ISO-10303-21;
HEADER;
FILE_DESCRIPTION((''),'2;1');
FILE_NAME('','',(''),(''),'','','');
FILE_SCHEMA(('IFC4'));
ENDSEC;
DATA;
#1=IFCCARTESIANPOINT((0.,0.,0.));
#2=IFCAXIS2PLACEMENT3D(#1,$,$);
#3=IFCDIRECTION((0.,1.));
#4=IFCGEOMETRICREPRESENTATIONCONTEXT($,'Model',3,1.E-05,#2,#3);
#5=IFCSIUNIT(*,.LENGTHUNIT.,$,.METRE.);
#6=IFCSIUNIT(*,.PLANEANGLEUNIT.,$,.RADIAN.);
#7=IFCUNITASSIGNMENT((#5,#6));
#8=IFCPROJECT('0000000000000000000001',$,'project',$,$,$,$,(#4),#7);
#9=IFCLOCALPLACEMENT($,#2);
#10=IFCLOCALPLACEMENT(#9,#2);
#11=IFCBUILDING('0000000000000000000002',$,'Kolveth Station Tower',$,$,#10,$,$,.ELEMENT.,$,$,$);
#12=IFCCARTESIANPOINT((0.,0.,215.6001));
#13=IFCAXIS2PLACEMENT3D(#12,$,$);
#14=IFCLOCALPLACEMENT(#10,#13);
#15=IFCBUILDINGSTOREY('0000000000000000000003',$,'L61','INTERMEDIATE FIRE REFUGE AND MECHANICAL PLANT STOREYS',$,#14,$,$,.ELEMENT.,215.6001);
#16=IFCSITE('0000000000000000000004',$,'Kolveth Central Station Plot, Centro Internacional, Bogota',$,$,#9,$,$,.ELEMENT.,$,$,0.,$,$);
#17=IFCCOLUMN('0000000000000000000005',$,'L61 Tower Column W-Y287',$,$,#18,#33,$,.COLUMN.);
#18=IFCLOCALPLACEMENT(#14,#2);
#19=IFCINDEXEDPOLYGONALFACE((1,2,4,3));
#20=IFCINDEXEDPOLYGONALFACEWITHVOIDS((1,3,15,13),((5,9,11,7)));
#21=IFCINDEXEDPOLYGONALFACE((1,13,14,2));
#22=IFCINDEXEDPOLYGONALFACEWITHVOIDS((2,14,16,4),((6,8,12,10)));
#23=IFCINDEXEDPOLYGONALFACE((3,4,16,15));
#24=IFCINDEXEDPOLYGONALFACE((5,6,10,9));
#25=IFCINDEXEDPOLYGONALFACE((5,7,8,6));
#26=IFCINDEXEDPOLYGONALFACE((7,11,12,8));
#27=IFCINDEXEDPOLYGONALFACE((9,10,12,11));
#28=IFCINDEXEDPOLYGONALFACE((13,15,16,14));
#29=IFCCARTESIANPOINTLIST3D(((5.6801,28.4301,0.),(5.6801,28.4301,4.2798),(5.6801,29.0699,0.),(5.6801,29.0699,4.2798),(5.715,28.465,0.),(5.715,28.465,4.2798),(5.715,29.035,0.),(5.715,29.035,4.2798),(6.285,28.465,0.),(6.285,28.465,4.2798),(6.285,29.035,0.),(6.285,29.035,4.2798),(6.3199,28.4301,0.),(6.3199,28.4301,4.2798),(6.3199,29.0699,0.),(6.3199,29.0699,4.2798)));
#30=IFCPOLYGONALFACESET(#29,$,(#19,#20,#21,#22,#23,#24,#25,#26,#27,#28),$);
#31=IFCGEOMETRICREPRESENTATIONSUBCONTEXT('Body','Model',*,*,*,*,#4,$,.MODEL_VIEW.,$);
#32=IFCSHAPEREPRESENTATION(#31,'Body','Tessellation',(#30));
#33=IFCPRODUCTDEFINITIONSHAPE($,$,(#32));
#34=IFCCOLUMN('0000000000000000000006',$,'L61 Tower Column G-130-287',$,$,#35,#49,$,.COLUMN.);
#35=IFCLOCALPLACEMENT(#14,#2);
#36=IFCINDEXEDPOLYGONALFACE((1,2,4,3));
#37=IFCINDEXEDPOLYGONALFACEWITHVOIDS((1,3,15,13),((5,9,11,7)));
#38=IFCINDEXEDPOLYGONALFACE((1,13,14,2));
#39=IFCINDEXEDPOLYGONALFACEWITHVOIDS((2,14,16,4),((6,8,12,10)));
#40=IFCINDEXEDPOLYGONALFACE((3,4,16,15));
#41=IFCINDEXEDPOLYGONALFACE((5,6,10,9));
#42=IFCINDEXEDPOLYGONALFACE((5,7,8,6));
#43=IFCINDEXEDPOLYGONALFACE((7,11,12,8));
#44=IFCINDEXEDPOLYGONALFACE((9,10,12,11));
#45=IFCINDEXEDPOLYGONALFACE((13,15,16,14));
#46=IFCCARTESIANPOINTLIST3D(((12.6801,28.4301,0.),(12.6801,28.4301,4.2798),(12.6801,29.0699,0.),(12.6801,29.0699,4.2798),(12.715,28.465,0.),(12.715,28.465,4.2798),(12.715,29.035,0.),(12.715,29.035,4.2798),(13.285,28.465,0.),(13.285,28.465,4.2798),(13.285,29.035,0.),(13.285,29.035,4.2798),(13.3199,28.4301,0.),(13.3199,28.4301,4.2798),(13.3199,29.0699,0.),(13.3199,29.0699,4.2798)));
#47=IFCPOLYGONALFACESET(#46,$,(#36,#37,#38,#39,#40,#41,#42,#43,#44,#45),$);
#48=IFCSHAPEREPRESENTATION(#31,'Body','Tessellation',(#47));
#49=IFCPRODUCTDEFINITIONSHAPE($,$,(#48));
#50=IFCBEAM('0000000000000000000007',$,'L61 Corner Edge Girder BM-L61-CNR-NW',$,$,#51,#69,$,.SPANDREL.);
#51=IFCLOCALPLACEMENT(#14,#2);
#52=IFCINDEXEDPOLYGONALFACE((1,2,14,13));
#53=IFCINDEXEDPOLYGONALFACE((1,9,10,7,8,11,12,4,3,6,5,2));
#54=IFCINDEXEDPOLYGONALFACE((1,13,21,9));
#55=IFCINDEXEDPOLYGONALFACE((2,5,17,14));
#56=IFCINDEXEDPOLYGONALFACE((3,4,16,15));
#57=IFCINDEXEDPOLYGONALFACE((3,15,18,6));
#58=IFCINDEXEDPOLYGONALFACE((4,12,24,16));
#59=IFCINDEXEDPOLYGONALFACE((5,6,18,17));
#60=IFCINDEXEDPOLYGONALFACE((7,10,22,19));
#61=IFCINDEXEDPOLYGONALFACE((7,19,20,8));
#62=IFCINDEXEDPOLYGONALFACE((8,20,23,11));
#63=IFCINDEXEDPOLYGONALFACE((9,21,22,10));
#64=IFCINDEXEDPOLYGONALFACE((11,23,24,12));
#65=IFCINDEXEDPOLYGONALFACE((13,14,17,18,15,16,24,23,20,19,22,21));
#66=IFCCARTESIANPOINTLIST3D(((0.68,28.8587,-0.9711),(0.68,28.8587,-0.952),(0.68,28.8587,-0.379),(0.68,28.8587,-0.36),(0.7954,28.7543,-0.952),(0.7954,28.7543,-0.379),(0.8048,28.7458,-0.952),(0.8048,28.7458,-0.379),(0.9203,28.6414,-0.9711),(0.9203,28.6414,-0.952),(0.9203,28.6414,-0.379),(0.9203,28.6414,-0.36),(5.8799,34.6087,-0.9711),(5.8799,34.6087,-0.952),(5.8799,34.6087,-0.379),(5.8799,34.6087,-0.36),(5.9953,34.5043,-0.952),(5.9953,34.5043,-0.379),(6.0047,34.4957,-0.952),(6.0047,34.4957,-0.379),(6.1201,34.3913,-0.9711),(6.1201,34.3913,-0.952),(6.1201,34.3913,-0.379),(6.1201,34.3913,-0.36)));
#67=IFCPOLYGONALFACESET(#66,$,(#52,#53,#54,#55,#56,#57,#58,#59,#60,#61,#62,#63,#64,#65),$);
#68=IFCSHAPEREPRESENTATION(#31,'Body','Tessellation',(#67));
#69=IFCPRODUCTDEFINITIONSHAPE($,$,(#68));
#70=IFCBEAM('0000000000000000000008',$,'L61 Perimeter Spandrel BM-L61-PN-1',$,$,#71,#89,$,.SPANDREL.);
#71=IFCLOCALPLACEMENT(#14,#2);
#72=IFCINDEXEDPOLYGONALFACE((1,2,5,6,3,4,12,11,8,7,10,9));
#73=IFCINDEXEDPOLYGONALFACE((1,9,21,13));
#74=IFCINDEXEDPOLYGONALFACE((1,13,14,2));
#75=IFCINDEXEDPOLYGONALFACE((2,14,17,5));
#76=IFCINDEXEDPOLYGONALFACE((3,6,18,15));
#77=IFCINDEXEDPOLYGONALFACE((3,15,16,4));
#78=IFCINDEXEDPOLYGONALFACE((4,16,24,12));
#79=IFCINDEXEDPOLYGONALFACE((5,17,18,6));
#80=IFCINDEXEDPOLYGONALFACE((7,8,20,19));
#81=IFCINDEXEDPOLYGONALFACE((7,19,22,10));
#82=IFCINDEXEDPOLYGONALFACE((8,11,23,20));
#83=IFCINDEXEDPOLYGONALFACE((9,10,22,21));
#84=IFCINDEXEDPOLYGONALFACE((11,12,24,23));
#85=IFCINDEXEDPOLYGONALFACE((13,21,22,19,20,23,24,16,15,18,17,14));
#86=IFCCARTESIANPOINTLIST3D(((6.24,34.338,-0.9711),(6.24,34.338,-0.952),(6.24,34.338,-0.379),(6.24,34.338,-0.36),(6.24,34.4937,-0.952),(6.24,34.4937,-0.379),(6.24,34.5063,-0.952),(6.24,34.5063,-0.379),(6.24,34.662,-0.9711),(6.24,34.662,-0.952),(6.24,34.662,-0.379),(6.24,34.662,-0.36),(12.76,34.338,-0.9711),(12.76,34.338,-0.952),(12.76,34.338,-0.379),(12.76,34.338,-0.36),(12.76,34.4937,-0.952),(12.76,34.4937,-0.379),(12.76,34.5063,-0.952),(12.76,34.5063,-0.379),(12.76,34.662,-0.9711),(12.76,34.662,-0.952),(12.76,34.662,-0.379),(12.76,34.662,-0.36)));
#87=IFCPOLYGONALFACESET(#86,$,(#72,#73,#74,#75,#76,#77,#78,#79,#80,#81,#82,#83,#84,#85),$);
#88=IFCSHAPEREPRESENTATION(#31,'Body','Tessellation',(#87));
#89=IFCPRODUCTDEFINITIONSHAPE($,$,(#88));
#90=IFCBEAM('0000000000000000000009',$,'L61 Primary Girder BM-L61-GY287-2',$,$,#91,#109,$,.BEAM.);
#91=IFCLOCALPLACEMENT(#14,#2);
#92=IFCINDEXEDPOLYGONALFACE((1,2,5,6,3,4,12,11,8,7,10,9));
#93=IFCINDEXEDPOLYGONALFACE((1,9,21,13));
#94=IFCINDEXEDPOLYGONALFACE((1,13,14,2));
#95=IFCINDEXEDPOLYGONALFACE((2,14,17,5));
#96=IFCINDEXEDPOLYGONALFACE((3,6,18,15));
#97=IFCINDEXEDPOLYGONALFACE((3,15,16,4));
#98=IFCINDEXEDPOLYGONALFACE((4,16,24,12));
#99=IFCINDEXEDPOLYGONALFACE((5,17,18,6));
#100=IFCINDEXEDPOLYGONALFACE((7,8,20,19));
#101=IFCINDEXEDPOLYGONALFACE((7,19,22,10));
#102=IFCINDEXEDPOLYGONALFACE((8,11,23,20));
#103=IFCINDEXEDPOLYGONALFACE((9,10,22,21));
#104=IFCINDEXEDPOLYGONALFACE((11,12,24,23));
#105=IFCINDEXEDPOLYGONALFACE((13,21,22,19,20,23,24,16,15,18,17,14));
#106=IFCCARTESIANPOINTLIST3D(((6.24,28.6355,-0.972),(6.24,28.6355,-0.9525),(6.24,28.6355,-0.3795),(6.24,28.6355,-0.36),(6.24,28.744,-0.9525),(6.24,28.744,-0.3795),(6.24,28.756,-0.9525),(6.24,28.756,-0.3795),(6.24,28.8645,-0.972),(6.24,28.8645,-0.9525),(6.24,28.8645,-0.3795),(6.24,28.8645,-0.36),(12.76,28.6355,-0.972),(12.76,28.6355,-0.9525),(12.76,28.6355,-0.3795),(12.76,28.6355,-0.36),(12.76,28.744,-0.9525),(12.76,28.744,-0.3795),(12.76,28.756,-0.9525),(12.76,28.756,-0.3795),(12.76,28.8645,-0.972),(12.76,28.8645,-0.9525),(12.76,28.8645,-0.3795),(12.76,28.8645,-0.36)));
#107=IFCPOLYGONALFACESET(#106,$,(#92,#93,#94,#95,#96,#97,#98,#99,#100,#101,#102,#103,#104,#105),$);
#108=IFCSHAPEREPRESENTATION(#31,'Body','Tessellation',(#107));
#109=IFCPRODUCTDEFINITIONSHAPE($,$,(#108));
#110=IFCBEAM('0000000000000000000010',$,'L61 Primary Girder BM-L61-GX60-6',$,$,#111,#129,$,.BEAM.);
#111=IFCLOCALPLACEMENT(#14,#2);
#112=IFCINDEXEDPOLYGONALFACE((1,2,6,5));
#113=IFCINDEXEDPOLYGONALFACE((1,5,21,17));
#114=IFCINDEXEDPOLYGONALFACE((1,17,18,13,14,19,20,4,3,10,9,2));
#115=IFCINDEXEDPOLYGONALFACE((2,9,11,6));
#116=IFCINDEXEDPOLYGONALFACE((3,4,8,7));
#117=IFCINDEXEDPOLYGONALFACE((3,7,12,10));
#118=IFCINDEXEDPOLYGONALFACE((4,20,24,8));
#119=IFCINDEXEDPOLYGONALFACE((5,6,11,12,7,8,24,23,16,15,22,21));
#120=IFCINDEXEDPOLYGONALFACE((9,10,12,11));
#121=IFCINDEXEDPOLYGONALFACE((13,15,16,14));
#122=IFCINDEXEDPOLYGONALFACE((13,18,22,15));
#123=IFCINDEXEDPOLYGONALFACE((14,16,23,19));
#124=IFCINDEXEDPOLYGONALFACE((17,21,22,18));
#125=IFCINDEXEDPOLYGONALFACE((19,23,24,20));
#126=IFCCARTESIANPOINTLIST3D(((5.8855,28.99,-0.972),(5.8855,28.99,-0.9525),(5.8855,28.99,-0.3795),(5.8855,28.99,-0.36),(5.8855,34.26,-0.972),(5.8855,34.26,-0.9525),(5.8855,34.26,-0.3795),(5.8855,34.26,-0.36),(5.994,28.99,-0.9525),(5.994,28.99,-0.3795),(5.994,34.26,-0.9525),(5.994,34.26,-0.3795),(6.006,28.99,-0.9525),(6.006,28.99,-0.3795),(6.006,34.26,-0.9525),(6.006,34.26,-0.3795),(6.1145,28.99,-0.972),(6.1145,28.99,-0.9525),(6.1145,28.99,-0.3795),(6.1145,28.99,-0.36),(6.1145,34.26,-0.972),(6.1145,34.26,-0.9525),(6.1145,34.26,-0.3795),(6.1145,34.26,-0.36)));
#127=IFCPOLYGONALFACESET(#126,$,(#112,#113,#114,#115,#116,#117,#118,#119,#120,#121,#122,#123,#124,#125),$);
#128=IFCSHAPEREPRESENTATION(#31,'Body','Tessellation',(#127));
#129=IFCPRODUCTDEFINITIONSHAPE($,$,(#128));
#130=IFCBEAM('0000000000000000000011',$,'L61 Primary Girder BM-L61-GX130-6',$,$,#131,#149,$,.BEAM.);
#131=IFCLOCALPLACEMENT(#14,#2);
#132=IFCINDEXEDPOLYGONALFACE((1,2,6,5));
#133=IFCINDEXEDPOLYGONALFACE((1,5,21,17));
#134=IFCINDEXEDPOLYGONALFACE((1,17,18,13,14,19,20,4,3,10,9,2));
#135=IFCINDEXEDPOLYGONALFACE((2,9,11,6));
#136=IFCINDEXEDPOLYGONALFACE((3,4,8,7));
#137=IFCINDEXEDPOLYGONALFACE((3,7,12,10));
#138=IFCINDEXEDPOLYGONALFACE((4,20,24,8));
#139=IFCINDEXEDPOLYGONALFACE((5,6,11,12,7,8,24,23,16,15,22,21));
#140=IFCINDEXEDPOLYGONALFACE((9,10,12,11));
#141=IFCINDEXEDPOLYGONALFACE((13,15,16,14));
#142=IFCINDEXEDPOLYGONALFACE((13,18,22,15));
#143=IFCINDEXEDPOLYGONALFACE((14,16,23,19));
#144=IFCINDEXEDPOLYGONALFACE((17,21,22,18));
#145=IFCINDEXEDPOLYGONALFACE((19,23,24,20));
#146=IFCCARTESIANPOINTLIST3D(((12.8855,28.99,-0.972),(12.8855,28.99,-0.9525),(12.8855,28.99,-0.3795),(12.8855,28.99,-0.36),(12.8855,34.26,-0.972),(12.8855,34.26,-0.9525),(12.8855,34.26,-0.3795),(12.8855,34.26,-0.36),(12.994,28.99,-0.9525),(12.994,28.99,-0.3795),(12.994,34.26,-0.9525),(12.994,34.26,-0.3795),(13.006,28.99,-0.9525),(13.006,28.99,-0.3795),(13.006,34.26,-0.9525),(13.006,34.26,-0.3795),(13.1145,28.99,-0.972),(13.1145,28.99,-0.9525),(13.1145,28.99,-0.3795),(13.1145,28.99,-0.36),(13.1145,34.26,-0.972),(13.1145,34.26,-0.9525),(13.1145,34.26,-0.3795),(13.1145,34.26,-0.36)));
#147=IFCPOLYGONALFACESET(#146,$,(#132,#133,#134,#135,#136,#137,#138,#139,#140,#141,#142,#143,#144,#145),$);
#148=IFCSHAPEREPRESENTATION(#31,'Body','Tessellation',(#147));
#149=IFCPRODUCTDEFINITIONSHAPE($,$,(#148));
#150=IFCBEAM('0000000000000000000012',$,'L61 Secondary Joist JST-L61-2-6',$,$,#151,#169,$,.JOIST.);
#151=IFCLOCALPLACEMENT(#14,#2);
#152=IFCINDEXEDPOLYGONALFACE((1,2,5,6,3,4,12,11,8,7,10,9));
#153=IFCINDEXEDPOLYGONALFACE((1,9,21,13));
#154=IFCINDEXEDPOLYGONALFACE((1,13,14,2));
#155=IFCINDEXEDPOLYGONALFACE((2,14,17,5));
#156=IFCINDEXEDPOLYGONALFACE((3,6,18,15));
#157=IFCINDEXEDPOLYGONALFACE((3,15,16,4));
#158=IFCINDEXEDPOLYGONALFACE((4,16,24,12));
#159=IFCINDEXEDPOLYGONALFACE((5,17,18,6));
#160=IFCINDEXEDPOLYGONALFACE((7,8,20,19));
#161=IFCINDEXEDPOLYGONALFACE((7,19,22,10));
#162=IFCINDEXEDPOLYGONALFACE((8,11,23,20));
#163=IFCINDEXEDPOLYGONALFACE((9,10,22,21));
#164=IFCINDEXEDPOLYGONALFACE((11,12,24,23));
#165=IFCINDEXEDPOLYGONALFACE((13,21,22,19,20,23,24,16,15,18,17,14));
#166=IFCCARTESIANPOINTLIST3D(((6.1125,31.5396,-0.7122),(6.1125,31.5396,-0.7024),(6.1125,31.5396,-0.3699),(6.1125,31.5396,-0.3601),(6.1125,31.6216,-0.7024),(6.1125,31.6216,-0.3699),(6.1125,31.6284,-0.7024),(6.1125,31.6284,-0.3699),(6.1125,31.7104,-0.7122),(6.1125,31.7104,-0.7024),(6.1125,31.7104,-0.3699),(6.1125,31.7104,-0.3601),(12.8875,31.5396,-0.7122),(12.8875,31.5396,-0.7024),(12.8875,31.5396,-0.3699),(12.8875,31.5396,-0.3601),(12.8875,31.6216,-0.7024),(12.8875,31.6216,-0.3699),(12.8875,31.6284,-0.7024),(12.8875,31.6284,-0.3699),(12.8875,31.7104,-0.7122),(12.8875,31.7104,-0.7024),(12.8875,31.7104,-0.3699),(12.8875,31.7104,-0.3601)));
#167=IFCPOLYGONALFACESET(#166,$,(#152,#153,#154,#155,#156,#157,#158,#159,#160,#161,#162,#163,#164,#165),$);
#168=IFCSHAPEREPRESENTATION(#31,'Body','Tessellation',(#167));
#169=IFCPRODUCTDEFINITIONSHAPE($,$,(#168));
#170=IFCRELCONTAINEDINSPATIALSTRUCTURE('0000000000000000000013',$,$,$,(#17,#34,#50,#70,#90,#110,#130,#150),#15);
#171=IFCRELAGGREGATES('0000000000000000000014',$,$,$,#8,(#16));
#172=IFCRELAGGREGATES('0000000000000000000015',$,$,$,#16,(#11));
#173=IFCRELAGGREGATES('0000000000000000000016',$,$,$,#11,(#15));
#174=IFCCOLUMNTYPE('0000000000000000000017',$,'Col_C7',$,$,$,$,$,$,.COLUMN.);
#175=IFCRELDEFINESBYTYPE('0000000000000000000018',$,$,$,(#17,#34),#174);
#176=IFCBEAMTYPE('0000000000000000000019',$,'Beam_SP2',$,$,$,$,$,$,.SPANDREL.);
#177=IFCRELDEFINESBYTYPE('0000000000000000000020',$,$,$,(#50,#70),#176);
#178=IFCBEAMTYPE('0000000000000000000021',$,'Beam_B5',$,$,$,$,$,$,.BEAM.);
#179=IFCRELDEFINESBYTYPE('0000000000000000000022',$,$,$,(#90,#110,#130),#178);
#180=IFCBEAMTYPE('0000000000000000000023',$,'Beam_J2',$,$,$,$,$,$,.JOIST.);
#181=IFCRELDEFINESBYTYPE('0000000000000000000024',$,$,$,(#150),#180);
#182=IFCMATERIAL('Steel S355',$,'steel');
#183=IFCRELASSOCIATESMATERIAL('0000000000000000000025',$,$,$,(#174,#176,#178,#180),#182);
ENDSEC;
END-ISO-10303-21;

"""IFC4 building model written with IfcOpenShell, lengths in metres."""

from ifc_helpers import new_model, si_unit, direction, frame, origin, origin_2d, place, context, subcontext, project, spatial, hollow_rectangle, i_section, extrude, source, transform, mapped, material, material_profile, profile_set, type_object, element, save


model = new_model("IFC4")

# Units and contexts
model_context = context("Model", 3, precision=1e-05, world=origin(), true_north=direction((0.0, 1.0)))
body_context = subcontext(model_context, "Body", "Model", "MODEL_VIEW")
ifc_project = project(units=[si_unit("LENGTHUNIT", "METRE"), si_unit("PLANEANGLEUNIT", "RADIAN")], contexts=[model_context])

# Site, building, storey
site_placement = place(None, origin())
site = spatial("IfcSite", under=ifc_project, at=site_placement, Name="Kolveth Central Station Plot, Centro Internacional, Bogota", CompositionType="ELEMENT", RefElevation=0.0)
building_placement = place(site_placement, origin())
building = spatial("IfcBuilding", under=site, at=building_placement, Name="Kolveth Station Tower", CompositionType="ELEMENT")
storey_placement = place(building_placement, frame((0.0, 0.0, 215.6001)))
storey = spatial("IfcBuildingStorey", under=building, at=storey_placement, Name="L61", Description="INTERMEDIATE FIRE REFUGE AND MECHANICAL PLANT STOREYS", CompositionType="ELEMENT", Elevation=215.6001)

# Columns
ifc_material_1 = material(Name="Steel S355", Category="steel")
ifc_material_profile_1 = material_profile(ifc_material_1, hollow_rectangle(XDim=0.6399, YDim=0.6399, WallThickness=0.0349, at=origin_2d()), Name="BOX640x640x35")
ifc_profile_set_1 = profile_set([ifc_material_profile_1], Name="Steel S355")
column_type = type_object("IfcColumnType", Name="Col_C7", PredefinedType="COLUMN", material=ifc_profile_set_1)
shared_shape_1 = source(origin(), body_context, "Body", "SweptSolid", [
    extrude(hollow_rectangle(XDim=0.6399, YDim=0.6399, WallThickness=0.0349, at=origin_2d()), origin(), (0.0, 0.0, 1.0), 4.2798),
])
for number, where, z_axis, x_axis, name in (
    (1, (6.0, 28.75, 0.0), (0.0, 0.0, 1.0), (1.0, 0.0, 0.0), "L61 Tower Column W-Y287"),
    (2, (13.0, 28.75, 0.0), (0.0, 0.0, 1.0), (1.0, 0.0, 0.0), "L61 Tower Column G-130-287"),
):
    element("IfcColumn", number, at=place(storey_placement, frame(where, z_axis=z_axis, x_axis=x_axis)), inside=storey, type_object=column_type, Name=name, PredefinedType="COLUMN", context=body_context, shape_type="MappedRepresentation", body=[
        mapped(shared_shape_1, transform((0.0, 0.0, 0.0), x_axis=(1.0, 0.0, 0.0), y_axis=(0.0, 1.0, 0.0), z_axis=(0.0, 0.0, 1.0), scale=1.0)),
    ])

# Beams
ifc_material_profile_2 = material_profile(ifc_material_1, i_section(OverallWidth=0.324, OverallDepth=0.6111, WebThickness=0.0127, FlangeThickness=0.019, at=origin_2d()), Name="W610x155")
ifc_profile_set_2 = profile_set([ifc_material_profile_2], Name="Steel S355")
beam_type_1 = type_object("IfcBeamType", Name="Beam_SP2", PredefinedType="SPANDREL", material=ifc_profile_set_2)
shared_shape_2 = source(origin(), body_context, "Body", "SweptSolid", [
    extrude(i_section(OverallWidth=0.324, OverallDepth=0.6111, WebThickness=0.0127, FlangeThickness=0.019, at=origin_2d()), origin(), (0.0, 0.0, 1.0), 7.7524),
])
beam_1_placement = place(storey_placement, frame((6.0, 34.5, -0.6655), z_axis=(-0.670741, -0.741692, 0.0), x_axis=(0.741692, -0.670741, 0.0)))
element("IfcBeam", 3, at=beam_1_placement, inside=storey, type_object=beam_type_1, Name="L61 Corner Edge Girder BM-L61-CNR-NW", PredefinedType="SPANDREL", context=body_context, shape_type="MappedRepresentation", body=[
    mapped(shared_shape_2, transform((0.0, 0.0, 0.0), x_axis=(1.0, 0.0, 0.0), y_axis=(0.0, 1.0, 0.0), z_axis=(0.0, 0.0, 1.0), scale=1.0)),
])
shared_shape_3 = source(origin(), body_context, "Body", "SweptSolid", [
    extrude(i_section(OverallWidth=0.324, OverallDepth=0.6111, WebThickness=0.0127, FlangeThickness=0.019, at=origin_2d()), origin(), (0.0, 0.0, 1.0), 6.52),
])
beam_2_placement = place(storey_placement, frame((6.24, 34.5, -0.6655), z_axis=(1.0, 0.0, 0.0), x_axis=(0.0, 1.0, 0.0)))
element("IfcBeam", 4, at=beam_2_placement, inside=storey, type_object=beam_type_1, Name="L61 Perimeter Spandrel BM-L61-PN-1", PredefinedType="SPANDREL", context=body_context, shape_type="MappedRepresentation", body=[
    mapped(shared_shape_3, transform((0.0, 0.0, 0.0), x_axis=(1.0, 0.0, 0.0), y_axis=(0.0, 1.0, 0.0), z_axis=(0.0, 0.0, 1.0), scale=1.0)),
])
ifc_material_profile_3 = material_profile(ifc_material_1, i_section(OverallWidth=0.229, OverallDepth=0.6121, WebThickness=0.012, FlangeThickness=0.0195, at=origin_2d()), Name="W610x125")
ifc_profile_set_3 = profile_set([ifc_material_profile_3], Name="Steel S355")
beam_type_2 = type_object("IfcBeamType", Name="Beam_B5", PredefinedType="BEAM", material=ifc_profile_set_3)
shared_shape_4 = source(origin(), body_context, "Body", "SweptSolid", [
    extrude(i_section(OverallWidth=0.229, OverallDepth=0.6121, WebThickness=0.012, FlangeThickness=0.0195, at=origin_2d()), origin(), (0.0, 0.0, 1.0), 6.52),
])
beam_3_placement = place(storey_placement, frame((6.24, 28.75, -0.666), z_axis=(1.0, 0.0, 0.0), x_axis=(0.0, 1.0, 0.0)))
element("IfcBeam", 5, at=beam_3_placement, inside=storey, type_object=beam_type_2, Name="L61 Primary Girder BM-L61-GY287-2", PredefinedType="BEAM", context=body_context, shape_type="MappedRepresentation", body=[
    mapped(shared_shape_4, transform((0.0, 0.0, 0.0), x_axis=(1.0, 0.0, 0.0), y_axis=(0.0, 1.0, 0.0), z_axis=(0.0, 0.0, 1.0), scale=1.0)),
])
shared_shape_5 = source(origin(), body_context, "Body", "SweptSolid", [
    extrude(i_section(OverallWidth=0.229, OverallDepth=0.6121, WebThickness=0.012, FlangeThickness=0.0195, at=origin_2d()), origin(), (0.0, 0.0, 1.0), 5.27),
])
for number, where, z_axis, x_axis, name in (
    (6, (6.0, 28.99, -0.666), (0.0, 1.0, 0.0), (-1.0, 0.0, 0.0), "L61 Primary Girder BM-L61-GX60-6"),
    (7, (13.0, 28.99, -0.666), (0.0, 1.0, 0.0), (-1.0, 0.0, 0.0), "L61 Primary Girder BM-L61-GX130-6"),
):
    element("IfcBeam", number, at=place(storey_placement, frame(where, z_axis=z_axis, x_axis=x_axis)), inside=storey, type_object=beam_type_2, Name=name, PredefinedType="BEAM", context=body_context, shape_type="MappedRepresentation", body=[
        mapped(shared_shape_5, transform((0.0, 0.0, 0.0), x_axis=(1.0, 0.0, 0.0), y_axis=(0.0, 1.0, 0.0), z_axis=(0.0, 0.0, 1.0), scale=1.0)),
    ])
ifc_material_profile_4 = material_profile(ifc_material_1, i_section(OverallWidth=0.1709, OverallDepth=0.3521, WebThickness=0.0068, FlangeThickness=0.0098, at=origin_2d()), Name="W360x44")
ifc_profile_set_4 = profile_set([ifc_material_profile_4], Name="Steel S355")
beam_type_3 = type_object("IfcBeamType", Name="Beam_J2", PredefinedType="JOIST", material=ifc_profile_set_4)
shared_shape_6 = source(origin(), body_context, "Body", "SweptSolid", [
    extrude(i_section(OverallWidth=0.1709, OverallDepth=0.3521, WebThickness=0.0068, FlangeThickness=0.0098, at=origin_2d()), origin(), (0.0, 0.0, 1.0), 6.7749),
])
beam_4_placement = place(storey_placement, frame((6.1125, 31.625, -0.5361), z_axis=(1.0, 0.0, 0.0), x_axis=(0.0, 1.0, 0.0)))
element("IfcBeam", 8, at=beam_4_placement, inside=storey, type_object=beam_type_3, Name="L61 Secondary Joist JST-L61-2-6", PredefinedType="JOIST", context=body_context, shape_type="MappedRepresentation", body=[
    mapped(shared_shape_6, transform((0.0, 0.0, 0.0), x_axis=(1.0, 0.0, 0.0), y_axis=(0.0, 1.0, 0.0), z_axis=(0.0, 0.0, 1.0), scale=1.0)),
])

save(model, "model.ifc")
